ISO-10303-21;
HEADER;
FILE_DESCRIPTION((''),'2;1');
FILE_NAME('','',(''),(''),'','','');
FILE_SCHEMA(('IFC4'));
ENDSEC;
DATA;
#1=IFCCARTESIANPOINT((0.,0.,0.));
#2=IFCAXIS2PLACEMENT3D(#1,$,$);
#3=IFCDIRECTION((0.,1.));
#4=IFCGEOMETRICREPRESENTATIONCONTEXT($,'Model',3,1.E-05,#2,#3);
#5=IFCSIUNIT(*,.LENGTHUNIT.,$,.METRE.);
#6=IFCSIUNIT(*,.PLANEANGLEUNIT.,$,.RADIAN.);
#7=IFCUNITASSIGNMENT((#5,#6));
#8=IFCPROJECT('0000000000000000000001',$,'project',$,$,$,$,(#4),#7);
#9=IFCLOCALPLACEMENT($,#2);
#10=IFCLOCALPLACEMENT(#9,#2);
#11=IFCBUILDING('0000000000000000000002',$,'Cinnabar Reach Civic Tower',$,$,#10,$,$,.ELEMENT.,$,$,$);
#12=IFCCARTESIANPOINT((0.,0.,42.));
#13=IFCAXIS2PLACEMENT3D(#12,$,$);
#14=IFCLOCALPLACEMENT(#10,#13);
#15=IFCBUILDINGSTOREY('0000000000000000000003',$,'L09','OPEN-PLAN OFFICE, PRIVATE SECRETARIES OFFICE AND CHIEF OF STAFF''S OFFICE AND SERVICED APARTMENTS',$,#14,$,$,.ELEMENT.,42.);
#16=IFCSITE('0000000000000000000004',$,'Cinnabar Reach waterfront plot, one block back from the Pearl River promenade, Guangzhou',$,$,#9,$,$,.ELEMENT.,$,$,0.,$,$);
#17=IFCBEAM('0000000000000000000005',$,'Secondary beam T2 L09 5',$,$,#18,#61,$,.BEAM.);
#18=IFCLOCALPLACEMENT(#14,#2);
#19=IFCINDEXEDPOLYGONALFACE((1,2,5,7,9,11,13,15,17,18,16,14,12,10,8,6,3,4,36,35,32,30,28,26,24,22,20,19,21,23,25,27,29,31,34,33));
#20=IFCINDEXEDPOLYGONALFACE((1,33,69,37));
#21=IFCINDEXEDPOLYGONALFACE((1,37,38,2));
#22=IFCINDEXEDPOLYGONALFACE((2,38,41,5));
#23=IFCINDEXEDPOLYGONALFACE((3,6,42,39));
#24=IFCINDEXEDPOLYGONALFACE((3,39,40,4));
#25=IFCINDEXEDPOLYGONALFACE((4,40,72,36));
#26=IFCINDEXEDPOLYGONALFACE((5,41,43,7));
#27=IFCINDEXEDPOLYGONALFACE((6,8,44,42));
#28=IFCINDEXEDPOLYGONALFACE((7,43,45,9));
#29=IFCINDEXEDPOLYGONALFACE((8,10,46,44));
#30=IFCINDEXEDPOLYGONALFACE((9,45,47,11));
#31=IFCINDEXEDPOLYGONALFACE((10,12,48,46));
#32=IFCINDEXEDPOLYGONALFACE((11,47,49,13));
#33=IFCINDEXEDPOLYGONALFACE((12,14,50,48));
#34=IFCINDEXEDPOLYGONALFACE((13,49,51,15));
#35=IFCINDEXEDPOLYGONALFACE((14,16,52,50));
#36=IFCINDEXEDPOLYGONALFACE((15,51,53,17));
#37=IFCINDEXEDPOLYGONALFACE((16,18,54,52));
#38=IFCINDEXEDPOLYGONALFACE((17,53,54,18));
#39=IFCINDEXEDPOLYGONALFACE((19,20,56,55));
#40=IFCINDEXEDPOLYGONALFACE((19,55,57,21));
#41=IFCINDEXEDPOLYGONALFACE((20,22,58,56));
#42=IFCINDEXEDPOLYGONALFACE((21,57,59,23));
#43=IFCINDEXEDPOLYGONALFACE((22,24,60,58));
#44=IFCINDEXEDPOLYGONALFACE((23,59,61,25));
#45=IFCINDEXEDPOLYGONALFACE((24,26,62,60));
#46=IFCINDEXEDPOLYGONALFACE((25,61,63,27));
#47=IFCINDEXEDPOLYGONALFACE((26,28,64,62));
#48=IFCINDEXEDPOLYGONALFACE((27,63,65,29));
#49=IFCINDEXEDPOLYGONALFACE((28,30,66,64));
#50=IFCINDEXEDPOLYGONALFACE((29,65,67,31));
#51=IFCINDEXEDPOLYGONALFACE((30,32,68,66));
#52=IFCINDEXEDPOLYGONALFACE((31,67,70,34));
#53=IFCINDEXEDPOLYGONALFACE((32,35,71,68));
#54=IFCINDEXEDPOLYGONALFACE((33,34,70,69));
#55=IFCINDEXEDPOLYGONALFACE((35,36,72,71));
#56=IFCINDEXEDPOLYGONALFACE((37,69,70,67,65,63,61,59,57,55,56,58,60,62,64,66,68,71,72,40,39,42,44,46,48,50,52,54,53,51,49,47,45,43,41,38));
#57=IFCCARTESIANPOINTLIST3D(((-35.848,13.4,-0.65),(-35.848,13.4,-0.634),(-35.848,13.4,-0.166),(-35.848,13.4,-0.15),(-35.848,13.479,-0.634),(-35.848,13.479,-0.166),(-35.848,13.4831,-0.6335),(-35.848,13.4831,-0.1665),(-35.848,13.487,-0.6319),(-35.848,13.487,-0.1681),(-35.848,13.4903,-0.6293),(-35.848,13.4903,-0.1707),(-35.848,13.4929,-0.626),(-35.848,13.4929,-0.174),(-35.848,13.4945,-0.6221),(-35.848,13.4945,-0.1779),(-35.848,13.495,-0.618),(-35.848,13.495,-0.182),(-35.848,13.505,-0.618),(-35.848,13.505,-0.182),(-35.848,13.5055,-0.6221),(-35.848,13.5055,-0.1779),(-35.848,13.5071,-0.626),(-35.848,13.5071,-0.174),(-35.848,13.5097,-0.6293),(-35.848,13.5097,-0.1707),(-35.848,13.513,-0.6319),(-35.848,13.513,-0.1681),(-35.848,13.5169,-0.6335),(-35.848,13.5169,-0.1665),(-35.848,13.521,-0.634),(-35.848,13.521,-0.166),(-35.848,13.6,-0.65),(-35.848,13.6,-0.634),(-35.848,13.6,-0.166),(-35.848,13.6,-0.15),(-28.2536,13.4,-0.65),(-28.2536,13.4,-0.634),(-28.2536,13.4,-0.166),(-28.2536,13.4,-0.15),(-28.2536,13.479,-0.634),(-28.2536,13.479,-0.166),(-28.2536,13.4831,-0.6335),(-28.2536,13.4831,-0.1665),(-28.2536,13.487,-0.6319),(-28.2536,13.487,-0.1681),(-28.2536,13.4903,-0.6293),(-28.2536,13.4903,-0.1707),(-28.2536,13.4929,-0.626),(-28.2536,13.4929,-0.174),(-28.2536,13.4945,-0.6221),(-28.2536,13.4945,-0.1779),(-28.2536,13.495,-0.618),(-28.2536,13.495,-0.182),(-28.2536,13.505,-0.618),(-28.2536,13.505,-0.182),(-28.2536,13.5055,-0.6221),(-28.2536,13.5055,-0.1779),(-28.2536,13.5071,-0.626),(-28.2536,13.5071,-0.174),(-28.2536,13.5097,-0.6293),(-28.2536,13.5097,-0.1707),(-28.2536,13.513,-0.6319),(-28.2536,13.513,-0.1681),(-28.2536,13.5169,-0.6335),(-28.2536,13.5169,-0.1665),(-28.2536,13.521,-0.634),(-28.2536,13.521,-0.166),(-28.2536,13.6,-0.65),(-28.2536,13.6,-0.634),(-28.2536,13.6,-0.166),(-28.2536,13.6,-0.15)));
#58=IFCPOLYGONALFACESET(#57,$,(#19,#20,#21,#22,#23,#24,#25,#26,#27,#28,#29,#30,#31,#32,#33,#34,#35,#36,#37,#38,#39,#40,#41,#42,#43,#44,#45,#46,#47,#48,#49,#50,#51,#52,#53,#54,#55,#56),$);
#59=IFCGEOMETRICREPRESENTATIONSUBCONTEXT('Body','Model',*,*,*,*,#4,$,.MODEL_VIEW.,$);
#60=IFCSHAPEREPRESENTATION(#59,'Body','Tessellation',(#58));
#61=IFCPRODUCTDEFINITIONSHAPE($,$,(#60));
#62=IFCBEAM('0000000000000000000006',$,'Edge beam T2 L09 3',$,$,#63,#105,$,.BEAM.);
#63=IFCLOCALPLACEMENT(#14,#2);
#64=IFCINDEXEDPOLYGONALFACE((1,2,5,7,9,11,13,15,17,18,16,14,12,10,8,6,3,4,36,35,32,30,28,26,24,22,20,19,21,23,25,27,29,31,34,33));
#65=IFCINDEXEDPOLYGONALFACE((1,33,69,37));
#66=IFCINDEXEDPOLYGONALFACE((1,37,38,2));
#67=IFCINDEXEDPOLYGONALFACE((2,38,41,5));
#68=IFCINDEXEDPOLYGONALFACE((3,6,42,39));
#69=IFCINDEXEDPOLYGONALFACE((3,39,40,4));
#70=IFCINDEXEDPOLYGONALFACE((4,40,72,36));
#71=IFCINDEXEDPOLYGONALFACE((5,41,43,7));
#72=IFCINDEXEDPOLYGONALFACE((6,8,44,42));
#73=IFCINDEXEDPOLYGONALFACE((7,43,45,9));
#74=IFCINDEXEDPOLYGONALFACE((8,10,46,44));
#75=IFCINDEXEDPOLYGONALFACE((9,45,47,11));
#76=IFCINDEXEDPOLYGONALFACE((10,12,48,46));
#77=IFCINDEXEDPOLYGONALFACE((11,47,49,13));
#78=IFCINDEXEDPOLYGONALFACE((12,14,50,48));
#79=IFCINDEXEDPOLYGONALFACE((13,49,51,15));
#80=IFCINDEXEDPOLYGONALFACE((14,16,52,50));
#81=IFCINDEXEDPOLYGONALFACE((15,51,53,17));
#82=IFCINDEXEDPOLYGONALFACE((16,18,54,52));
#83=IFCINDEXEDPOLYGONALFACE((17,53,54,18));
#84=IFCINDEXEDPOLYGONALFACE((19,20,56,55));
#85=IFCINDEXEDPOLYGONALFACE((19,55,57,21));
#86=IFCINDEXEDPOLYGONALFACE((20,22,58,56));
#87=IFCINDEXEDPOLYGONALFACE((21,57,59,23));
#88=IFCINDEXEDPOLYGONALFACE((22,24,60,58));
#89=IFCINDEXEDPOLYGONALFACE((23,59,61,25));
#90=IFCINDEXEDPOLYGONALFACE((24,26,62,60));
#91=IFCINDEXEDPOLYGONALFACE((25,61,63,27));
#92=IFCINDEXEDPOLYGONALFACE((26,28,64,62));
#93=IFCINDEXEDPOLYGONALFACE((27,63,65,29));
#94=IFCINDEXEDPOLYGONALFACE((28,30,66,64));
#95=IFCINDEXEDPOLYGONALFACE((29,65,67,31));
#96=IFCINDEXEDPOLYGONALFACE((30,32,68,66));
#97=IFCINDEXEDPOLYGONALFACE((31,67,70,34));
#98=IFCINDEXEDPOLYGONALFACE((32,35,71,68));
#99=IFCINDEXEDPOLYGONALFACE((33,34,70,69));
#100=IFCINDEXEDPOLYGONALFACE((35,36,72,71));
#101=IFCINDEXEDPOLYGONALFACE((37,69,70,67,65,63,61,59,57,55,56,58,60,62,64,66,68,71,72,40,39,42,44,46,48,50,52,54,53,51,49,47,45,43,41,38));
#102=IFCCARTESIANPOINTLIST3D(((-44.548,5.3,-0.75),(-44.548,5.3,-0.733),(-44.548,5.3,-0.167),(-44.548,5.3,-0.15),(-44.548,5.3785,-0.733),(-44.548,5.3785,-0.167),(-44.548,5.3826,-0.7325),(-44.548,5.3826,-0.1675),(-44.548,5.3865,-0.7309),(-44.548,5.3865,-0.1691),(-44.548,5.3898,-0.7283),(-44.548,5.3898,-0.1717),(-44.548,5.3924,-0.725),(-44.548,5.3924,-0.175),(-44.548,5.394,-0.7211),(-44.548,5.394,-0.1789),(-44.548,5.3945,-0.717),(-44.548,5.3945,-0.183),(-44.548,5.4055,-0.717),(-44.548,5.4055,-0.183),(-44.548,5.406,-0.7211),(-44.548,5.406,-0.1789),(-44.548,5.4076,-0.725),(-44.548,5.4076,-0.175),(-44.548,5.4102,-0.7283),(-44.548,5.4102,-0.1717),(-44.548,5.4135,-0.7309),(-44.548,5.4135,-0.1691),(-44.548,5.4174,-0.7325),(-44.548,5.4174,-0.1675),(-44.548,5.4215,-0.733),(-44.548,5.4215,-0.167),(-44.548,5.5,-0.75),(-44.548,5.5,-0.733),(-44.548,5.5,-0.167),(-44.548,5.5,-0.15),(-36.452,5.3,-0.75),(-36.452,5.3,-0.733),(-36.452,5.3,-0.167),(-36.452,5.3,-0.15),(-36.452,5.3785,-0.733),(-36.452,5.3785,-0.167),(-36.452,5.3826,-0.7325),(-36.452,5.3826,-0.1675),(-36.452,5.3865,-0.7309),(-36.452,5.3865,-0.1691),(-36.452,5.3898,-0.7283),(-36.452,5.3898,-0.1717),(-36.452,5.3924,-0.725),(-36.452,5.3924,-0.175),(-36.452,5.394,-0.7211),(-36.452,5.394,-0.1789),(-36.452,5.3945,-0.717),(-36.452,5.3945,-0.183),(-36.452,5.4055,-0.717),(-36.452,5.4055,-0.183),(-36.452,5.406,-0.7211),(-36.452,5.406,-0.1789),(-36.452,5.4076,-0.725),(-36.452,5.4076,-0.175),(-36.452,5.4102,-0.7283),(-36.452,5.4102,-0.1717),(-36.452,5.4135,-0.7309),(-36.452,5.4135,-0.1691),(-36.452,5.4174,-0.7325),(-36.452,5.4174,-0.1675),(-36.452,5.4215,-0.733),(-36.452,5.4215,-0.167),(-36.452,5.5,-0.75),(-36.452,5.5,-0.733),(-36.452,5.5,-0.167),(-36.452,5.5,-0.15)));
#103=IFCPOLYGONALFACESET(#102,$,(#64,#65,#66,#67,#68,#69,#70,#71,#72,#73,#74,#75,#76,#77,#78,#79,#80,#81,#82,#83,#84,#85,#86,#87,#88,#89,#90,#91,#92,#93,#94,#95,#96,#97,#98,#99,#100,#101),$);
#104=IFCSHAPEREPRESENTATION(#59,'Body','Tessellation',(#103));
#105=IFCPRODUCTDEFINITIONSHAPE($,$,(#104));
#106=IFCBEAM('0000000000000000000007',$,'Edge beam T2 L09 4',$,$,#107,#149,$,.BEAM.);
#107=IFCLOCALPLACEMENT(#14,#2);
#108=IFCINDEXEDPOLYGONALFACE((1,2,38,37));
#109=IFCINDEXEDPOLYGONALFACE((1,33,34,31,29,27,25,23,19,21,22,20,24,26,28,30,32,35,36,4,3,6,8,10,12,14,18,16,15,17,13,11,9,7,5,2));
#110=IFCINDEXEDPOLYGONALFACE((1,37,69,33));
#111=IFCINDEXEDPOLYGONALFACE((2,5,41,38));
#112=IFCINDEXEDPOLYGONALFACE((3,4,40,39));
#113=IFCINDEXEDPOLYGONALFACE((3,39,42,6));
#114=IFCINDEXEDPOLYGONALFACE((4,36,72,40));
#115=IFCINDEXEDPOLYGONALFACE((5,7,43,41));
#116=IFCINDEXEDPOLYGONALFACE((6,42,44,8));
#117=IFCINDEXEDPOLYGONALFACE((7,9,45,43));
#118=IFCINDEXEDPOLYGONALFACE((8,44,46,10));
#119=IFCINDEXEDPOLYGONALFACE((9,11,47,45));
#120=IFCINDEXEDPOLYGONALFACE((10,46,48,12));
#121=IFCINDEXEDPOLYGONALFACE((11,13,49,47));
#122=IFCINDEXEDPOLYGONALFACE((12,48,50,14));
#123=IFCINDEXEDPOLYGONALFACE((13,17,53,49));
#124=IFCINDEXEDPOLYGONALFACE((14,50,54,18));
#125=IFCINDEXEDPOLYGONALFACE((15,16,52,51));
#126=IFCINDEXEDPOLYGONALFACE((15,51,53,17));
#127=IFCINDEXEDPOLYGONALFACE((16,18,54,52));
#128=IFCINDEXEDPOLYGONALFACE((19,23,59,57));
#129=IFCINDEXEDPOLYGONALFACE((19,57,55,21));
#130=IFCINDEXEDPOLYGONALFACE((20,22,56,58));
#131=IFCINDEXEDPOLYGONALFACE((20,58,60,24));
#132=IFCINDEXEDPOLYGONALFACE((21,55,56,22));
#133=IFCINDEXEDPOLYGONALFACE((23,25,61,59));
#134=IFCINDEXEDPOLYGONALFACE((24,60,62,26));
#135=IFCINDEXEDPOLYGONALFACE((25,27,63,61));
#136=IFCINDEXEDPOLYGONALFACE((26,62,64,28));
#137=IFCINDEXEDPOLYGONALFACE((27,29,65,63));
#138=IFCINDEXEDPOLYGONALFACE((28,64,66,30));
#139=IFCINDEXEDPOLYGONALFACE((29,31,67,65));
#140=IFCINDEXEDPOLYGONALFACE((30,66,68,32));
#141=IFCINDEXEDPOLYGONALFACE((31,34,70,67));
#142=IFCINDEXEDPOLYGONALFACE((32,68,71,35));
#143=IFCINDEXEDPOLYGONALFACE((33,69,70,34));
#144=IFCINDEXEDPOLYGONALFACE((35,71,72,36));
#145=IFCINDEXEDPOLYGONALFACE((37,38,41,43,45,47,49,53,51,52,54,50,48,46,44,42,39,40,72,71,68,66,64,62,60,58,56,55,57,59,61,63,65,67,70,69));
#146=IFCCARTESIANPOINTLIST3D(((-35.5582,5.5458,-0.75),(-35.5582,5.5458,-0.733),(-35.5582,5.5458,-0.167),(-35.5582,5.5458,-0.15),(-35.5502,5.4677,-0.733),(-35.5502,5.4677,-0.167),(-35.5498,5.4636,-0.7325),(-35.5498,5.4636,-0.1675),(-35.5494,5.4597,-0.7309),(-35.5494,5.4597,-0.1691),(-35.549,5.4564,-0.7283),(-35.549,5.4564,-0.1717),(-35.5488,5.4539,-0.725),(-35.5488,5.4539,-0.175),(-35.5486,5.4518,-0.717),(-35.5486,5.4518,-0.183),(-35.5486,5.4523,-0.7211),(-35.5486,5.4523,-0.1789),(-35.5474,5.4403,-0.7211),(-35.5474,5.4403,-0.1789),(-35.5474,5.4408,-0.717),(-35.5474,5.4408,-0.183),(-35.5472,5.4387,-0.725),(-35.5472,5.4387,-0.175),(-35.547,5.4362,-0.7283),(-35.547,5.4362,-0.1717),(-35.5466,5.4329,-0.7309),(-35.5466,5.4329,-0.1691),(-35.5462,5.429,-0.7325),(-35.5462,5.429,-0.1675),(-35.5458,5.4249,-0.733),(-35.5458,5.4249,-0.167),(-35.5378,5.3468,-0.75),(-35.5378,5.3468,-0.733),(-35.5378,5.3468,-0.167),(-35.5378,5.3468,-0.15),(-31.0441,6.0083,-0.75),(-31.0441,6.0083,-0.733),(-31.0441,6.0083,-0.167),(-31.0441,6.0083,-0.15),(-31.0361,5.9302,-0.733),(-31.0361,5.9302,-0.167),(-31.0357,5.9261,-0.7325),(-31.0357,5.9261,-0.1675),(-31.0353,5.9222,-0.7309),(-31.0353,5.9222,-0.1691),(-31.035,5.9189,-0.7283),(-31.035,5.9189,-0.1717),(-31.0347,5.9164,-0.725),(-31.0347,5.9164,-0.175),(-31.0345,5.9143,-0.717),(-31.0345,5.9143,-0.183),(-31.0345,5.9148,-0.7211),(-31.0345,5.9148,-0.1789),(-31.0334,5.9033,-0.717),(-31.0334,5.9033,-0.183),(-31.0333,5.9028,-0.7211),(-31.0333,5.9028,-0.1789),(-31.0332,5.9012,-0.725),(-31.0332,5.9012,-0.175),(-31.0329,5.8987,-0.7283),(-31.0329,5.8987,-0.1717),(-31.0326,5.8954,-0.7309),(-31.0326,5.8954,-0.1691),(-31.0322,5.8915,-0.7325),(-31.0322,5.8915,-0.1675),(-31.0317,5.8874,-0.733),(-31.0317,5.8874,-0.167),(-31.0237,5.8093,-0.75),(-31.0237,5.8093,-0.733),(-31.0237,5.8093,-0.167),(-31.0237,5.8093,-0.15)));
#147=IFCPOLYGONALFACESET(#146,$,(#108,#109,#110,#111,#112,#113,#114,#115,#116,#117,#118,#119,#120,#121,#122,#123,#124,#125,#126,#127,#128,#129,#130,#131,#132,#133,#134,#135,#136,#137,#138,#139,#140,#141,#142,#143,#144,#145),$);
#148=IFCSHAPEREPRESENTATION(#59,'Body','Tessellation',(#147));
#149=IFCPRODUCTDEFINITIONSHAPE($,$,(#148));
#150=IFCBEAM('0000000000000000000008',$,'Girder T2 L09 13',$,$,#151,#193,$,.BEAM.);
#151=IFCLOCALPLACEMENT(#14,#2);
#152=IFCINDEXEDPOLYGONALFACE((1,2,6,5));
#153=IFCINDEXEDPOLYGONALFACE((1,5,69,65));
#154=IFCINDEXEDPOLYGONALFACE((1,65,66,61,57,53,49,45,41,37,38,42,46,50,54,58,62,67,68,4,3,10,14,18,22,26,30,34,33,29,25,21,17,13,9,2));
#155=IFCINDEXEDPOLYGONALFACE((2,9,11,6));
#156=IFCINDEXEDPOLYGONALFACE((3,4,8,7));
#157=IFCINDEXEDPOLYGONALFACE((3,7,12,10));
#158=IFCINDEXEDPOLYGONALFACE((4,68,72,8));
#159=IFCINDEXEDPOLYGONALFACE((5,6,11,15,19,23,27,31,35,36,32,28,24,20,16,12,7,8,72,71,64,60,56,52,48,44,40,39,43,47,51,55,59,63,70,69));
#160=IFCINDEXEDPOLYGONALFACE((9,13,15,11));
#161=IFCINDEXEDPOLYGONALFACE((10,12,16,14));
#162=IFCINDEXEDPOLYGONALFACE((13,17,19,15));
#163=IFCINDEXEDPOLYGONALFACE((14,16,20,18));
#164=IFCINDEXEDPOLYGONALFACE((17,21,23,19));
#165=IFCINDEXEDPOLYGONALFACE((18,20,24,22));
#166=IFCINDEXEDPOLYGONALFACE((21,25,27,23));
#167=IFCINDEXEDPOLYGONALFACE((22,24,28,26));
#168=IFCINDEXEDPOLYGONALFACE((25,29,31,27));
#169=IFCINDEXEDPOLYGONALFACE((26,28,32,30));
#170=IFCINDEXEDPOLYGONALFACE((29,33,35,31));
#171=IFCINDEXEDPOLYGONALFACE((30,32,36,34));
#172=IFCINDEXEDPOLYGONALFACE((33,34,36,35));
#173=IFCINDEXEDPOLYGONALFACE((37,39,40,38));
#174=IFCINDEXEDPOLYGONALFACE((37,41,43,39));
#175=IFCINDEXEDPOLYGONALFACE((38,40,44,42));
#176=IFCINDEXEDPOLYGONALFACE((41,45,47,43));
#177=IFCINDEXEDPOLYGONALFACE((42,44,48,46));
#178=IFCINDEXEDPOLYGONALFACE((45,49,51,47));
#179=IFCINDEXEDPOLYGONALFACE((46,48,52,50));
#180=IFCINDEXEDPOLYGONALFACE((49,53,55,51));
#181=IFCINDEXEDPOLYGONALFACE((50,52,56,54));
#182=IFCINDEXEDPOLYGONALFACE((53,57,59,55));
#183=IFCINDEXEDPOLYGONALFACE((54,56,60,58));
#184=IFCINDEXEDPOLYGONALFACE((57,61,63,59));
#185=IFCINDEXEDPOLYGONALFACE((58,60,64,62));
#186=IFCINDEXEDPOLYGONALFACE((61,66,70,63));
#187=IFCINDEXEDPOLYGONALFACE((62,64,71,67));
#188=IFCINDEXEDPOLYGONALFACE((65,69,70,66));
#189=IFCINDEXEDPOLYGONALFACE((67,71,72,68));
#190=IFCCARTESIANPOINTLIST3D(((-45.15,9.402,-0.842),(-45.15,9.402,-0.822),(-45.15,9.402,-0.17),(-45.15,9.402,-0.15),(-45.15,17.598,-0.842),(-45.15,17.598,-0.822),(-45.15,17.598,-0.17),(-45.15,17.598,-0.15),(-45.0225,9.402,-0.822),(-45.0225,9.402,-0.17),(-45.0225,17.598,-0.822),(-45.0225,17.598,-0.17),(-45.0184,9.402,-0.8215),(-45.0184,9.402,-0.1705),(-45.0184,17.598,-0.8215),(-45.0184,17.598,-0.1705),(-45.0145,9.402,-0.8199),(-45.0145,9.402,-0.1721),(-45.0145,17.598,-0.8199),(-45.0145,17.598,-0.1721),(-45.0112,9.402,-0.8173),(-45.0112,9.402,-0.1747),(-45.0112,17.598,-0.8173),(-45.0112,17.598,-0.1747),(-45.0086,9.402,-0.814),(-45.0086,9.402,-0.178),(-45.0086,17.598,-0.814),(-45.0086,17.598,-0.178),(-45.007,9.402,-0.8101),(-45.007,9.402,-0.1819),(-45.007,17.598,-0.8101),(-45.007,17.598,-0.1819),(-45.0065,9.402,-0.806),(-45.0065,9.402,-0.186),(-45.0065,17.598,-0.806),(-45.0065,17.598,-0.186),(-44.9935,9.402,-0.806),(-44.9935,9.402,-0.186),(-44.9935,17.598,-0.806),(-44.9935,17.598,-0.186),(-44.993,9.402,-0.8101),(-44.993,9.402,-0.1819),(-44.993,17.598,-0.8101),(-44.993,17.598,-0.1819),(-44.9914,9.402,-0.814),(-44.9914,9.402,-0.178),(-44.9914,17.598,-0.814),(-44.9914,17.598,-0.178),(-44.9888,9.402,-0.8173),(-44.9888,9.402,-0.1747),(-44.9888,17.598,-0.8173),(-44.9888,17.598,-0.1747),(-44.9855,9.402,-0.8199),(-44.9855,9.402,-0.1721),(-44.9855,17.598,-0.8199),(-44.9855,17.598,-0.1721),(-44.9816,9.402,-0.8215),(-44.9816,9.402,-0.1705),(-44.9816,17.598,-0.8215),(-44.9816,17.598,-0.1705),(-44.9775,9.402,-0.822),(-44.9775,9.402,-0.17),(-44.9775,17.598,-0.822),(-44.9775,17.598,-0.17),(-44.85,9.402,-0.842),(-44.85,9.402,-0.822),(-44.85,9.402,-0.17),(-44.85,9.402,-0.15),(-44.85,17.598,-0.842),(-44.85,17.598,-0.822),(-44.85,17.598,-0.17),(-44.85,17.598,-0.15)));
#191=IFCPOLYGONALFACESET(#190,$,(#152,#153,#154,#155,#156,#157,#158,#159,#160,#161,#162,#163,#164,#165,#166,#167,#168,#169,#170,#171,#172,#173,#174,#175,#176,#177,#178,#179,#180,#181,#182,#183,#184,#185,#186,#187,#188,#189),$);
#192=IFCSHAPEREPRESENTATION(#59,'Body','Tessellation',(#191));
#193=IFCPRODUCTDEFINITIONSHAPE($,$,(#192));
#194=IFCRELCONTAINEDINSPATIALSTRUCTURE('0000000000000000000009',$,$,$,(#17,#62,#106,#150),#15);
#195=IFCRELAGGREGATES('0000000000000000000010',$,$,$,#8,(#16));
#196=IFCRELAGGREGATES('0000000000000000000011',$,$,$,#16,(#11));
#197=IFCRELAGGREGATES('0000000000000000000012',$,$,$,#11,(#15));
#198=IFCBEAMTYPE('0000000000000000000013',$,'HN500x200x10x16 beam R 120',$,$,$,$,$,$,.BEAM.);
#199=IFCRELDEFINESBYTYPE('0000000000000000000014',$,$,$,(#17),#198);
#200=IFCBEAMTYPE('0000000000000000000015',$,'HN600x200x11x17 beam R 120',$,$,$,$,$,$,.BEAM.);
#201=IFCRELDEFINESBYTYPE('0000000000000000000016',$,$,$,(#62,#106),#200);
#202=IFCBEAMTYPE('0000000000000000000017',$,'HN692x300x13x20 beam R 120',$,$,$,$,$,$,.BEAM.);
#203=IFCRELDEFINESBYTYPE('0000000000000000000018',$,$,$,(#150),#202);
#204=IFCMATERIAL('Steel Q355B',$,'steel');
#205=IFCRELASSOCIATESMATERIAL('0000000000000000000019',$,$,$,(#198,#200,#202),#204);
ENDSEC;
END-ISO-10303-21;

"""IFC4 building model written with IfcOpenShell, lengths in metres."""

from ifc_helpers import new_model, si_unit, direction, frame, origin, origin_2d, place, context, subcontext, project, spatial, i_section, extrude, material, material_profile, profile_set, type_object, element, save


model = new_model("IFC4")

# Units and contexts
model_context = context("Model", 3, precision=1e-05, world=origin(), true_north=direction((0.0, 1.0)))
body_context = subcontext(model_context, "Body", "Model", "MODEL_VIEW")
ifc_project = project(units=[si_unit("LENGTHUNIT", "METRE"), si_unit("PLANEANGLEUNIT", "RADIAN")], contexts=[model_context])

# Site, building, storey
site_placement = place(None, origin())
site = spatial("IfcSite", under=ifc_project, at=site_placement, Name="Cinnabar Reach waterfront plot, one block back from the Pearl River promenade, Guangzhou", CompositionType="ELEMENT", RefElevation=0.0)
building_placement = place(site_placement, origin())
building = spatial("IfcBuilding", under=site, at=building_placement, Name="Cinnabar Reach Civic Tower", CompositionType="ELEMENT")
storey_placement = place(building_placement, frame((0.0, 0.0, 42.0)))
storey = spatial("IfcBuildingStorey", under=building, at=storey_placement, Name="L09", Description="OPEN-PLAN OFFICE, PRIVATE SECRETARIES OFFICE AND CHIEF OF STAFF'S OFFICE AND SERVICED APARTMENTS", CompositionType="ELEMENT", Elevation=42.0)

# Beams
ifc_material_1 = material(Name="Steel Q355B", Category="steel")
ifc_material_profile_1 = material_profile(ifc_material_1, i_section(OverallWidth=0.2, OverallDepth=0.5, WebThickness=0.01, FlangeThickness=0.016, FilletRadius=0.016, at=origin_2d()), Name="HN500x200x10x16")
ifc_profile_set_1 = profile_set([ifc_material_profile_1], Name="Steel Q355B")
beam_type_1 = type_object("IfcBeamType", Name="HN500x200x10x16 beam R 120", PredefinedType="BEAM", material=ifc_profile_set_1)
beam_1_placement = place(storey_placement, frame((-35.848, 13.5, -0.4), z_axis=(1.0, 0.0, 0.0), x_axis=(0.0, 1.0, 0.0)))
element("IfcBeam", 1, at=beam_1_placement, inside=storey, type_object=beam_type_1, Name="Secondary beam T2 L09 5", PredefinedType="BEAM", context=body_context, shape_type="SweptSolid", body=[
    extrude(i_section(OverallWidth=0.2, OverallDepth=0.5, WebThickness=0.01, FlangeThickness=0.016, FilletRadius=0.016, at=origin_2d()), origin(), (0.0, 0.0, 1.0), 7.5944),
])
ifc_material_profile_2 = material_profile(ifc_material_1, i_section(OverallWidth=0.2, OverallDepth=0.6, WebThickness=0.011, FlangeThickness=0.017, FilletRadius=0.016, at=origin_2d()), Name="HN600x200x11x17")
ifc_profile_set_2 = profile_set([ifc_material_profile_2], Name="Steel Q355B")
beam_type_2 = type_object("IfcBeamType", Name="HN600x200x11x17 beam R 120", PredefinedType="BEAM", material=ifc_profile_set_2)
beam_2_placement = place(storey_placement, frame((-44.548, 5.4, -0.45), z_axis=(1.0, 0.0, 0.0), x_axis=(0.0, 1.0, 0.0)))
element("IfcBeam", 2, at=beam_2_placement, inside=storey, type_object=beam_type_2, Name="Edge beam T2 L09 3", PredefinedType="BEAM", context=body_context, shape_type="SweptSolid", body=[
    extrude(i_section(OverallWidth=0.2, OverallDepth=0.6, WebThickness=0.011, FlangeThickness=0.017, FilletRadius=0.016, at=origin_2d()), origin(), (0.0, 0.0, 1.0), 8.096),
])
beam_3_placement = place(storey_placement, frame((-35.548, 5.4463, -0.45), z_axis=(0.994792, 0.101923, 0.0), x_axis=(-0.101923, 0.994792, 0.0)))
element("IfcBeam", 3, at=beam_3_placement, inside=storey, type_object=beam_type_2, Name="Edge beam T2 L09 4", PredefinedType="BEAM", context=body_context, shape_type="SweptSolid", body=[
    extrude(i_section(OverallWidth=0.2, OverallDepth=0.6, WebThickness=0.011, FlangeThickness=0.017, FilletRadius=0.016, at=origin_2d()), origin(), (0.0, 0.0, 1.0), 4.5377),
])
ifc_material_profile_3 = material_profile(ifc_material_1, i_section(OverallWidth=0.3, OverallDepth=0.692, WebThickness=0.013, FlangeThickness=0.02, FilletRadius=0.016, at=origin_2d()), Name="HN692x300x13x20")
ifc_profile_set_3 = profile_set([ifc_material_profile_3], Name="Steel Q355B")
beam_type_3 = type_object("IfcBeamType", Name="HN692x300x13x20 beam R 120", PredefinedType="BEAM", material=ifc_profile_set_3)
for number, where, z_axis, x_axis, name in (
    (4, (-45.0, 9.402, -0.496), (0.0, 1.0, 0.0), (-1.0, 0.0, 0.0), "Girder T2 L09 13"),
):
    element("IfcBeam", number, at=place(storey_placement, frame(where, z_axis=z_axis, x_axis=x_axis)), inside=storey, type_object=beam_type_3, Name=name, PredefinedType="BEAM", context=body_context, shape_type="SweptSolid", body=[
        extrude(i_section(OverallWidth=0.3, OverallDepth=0.692, WebThickness=0.013, FlangeThickness=0.02, FilletRadius=0.016, at=origin_2d()), origin(), (0.0, 0.0, 1.0), 8.196),
    ])

save(model, "model.ifc")
